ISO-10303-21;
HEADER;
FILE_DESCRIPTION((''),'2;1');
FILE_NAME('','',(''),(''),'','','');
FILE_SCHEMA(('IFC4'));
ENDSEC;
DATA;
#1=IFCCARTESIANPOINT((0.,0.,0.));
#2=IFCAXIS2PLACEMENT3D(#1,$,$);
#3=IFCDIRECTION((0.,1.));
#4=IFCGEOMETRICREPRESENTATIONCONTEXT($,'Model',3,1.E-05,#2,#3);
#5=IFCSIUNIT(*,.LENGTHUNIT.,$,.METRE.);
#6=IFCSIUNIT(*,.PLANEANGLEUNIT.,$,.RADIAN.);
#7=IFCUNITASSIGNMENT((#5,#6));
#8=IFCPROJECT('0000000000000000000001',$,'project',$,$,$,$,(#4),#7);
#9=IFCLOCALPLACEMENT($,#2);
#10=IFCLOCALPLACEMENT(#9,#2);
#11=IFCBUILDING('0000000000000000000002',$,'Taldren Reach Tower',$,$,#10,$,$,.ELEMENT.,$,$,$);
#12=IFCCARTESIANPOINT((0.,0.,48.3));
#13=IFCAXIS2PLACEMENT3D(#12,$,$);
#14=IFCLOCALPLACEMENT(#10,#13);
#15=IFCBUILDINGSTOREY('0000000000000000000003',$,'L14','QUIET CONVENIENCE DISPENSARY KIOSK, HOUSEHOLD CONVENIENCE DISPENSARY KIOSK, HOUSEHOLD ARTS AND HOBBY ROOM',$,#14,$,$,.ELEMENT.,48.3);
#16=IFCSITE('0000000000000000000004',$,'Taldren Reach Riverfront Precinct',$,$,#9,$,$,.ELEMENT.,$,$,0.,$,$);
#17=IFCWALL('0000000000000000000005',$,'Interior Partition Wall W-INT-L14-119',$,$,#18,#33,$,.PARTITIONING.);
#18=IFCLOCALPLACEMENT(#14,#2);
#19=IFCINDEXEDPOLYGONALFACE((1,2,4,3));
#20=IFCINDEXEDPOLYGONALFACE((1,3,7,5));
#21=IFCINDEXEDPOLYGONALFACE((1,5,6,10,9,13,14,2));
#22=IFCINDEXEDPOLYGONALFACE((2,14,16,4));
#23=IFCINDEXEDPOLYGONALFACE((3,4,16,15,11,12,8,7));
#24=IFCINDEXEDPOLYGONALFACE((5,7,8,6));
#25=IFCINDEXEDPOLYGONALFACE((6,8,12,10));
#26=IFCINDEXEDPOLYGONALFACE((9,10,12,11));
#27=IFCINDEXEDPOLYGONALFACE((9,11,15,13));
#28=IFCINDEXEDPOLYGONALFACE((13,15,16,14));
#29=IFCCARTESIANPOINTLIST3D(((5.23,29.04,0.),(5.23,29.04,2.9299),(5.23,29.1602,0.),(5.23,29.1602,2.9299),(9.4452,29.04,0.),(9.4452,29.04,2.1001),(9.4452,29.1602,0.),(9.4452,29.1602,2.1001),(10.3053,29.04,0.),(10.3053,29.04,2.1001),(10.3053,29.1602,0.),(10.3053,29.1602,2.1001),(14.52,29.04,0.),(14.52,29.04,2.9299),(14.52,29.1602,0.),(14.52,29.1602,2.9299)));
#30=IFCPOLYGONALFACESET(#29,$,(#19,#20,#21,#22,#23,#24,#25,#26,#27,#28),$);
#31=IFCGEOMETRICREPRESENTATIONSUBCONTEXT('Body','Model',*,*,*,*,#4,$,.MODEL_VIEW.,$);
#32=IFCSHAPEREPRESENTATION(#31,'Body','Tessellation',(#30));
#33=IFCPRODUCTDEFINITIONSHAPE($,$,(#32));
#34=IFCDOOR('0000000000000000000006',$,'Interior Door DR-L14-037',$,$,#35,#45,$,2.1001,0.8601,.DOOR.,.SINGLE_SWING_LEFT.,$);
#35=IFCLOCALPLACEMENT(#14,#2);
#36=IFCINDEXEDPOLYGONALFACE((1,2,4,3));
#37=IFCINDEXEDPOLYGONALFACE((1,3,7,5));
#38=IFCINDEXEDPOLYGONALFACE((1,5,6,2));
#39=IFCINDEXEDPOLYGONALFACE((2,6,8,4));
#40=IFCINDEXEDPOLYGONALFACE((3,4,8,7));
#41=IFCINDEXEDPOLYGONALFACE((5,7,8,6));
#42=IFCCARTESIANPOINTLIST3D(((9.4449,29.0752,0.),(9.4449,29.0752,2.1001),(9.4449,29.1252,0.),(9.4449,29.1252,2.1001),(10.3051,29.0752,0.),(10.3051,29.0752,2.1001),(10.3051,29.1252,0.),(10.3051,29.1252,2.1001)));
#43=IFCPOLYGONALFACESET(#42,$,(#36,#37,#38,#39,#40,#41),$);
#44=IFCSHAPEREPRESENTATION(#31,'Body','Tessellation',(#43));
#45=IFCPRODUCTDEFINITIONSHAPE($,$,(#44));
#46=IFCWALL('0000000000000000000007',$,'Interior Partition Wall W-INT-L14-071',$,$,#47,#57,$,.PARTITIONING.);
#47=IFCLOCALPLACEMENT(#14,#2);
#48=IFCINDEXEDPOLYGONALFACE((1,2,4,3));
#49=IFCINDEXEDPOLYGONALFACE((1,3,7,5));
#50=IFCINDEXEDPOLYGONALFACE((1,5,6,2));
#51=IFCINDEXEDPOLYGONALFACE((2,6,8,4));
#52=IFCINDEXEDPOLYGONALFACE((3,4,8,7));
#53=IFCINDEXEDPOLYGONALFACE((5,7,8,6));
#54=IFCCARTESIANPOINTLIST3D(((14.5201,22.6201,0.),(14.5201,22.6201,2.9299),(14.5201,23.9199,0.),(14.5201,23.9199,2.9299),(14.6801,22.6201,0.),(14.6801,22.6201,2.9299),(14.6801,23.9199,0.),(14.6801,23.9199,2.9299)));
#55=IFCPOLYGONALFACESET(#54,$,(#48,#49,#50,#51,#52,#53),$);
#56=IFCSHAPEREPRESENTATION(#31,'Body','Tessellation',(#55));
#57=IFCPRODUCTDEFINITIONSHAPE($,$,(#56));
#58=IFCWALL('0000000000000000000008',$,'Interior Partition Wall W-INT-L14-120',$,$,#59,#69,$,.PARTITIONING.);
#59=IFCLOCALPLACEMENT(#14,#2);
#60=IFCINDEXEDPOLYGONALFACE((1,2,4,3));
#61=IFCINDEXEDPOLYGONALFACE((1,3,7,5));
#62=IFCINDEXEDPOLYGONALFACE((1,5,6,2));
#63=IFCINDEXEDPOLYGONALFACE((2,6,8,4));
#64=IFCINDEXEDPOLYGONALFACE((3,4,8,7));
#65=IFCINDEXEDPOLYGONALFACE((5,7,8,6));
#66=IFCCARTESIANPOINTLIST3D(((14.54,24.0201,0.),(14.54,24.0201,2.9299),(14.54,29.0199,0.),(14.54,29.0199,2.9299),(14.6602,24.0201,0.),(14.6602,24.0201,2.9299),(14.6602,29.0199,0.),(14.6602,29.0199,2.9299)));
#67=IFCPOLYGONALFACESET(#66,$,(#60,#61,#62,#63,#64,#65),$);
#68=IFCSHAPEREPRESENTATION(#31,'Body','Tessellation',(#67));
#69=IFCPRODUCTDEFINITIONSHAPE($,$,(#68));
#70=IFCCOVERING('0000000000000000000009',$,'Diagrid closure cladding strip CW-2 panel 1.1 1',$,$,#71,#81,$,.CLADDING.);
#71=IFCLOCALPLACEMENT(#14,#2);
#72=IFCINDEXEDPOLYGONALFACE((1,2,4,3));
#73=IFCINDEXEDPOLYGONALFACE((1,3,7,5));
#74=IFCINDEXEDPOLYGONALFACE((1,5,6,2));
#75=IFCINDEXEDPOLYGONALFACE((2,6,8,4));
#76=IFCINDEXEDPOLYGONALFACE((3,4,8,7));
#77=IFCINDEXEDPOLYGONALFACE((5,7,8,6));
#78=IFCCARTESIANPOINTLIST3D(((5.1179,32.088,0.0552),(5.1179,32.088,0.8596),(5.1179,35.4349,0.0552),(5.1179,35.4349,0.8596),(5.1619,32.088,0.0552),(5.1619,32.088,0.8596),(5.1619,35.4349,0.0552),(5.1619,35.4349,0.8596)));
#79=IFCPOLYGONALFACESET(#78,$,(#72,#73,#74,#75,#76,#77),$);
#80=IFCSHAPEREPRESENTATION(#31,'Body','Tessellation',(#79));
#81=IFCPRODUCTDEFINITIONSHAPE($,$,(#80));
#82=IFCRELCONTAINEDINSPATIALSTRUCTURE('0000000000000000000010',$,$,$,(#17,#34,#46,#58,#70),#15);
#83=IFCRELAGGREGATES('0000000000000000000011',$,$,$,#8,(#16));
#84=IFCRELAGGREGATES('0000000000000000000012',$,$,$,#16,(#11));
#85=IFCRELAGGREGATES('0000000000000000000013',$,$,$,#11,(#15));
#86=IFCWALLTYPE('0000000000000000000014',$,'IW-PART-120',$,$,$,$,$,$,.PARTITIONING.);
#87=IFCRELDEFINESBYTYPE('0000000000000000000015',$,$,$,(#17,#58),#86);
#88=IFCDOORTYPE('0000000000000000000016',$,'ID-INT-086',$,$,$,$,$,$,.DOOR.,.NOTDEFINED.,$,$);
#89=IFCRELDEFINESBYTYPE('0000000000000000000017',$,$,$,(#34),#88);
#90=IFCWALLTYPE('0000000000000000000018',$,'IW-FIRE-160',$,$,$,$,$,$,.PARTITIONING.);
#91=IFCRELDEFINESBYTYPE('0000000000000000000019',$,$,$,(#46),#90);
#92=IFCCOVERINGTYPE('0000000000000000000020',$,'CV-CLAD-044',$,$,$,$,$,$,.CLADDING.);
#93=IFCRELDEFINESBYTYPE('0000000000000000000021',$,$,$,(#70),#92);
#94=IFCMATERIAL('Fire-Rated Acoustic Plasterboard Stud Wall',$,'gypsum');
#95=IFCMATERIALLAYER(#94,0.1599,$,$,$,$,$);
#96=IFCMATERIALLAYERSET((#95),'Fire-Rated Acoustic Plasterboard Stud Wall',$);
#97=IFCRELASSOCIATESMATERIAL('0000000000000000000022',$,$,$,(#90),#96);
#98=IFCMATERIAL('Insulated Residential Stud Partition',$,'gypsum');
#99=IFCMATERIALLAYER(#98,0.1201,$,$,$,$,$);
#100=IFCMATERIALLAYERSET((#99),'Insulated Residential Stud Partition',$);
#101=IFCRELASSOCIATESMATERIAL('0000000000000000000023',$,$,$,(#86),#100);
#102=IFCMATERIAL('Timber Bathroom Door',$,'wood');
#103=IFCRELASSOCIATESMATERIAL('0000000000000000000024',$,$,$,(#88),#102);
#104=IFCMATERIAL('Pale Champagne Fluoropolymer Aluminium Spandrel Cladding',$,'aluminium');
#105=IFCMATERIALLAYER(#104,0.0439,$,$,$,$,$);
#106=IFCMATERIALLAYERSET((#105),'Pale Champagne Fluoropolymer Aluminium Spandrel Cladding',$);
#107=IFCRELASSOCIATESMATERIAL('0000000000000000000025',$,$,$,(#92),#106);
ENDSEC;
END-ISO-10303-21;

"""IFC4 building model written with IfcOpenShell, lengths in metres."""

from ifc_helpers import new_model, si_unit, direction, frame, frame_2d, origin, origin_2d, place, context, subcontext, project, spatial, rectangle, extrude, source, transform, mapped, material, layer, layer_set, type_object, element, fill, save


model = new_model("IFC4")

# Units and contexts
model_context = context("Model", 3, precision=1e-05, world=origin(), true_north=direction((0.0, 1.0)))
body_context = subcontext(model_context, "Body", "Model", "MODEL_VIEW")
ifc_project = project(units=[si_unit("LENGTHUNIT", "METRE"), si_unit("PLANEANGLEUNIT", "RADIAN")], contexts=[model_context])

# Site, building, storey
site_placement = place(None, origin())
site = spatial("IfcSite", under=ifc_project, at=site_placement, Name="Taldren Reach Riverfront Precinct", CompositionType="ELEMENT", RefElevation=0.0)
building_placement = place(site_placement, origin())
building = spatial("IfcBuilding", under=site, at=building_placement, Name="Taldren Reach Tower", CompositionType="ELEMENT")
storey_placement = place(building_placement, frame((0.0, 0.0, 48.3)))
storey = spatial("IfcBuildingStorey", under=building, at=storey_placement, Name="L14", Description="QUIET CONVENIENCE DISPENSARY KIOSK, HOUSEHOLD CONVENIENCE DISPENSARY KIOSK, HOUSEHOLD ARTS AND HOBBY ROOM", CompositionType="ELEMENT", Elevation=48.3)

# Wall, opening, door
ifc_material_1 = material(Name="Fire-Rated Acoustic Plasterboard Stud Wall", Category="gypsum")
ifc_layer_1 = layer(ifc_material_1, 0.1599)
ifc_layer_set_1 = layer_set([ifc_layer_1], Name="Fire-Rated Acoustic Plasterboard Stud Wall")
wall_type_1 = type_object("IfcWallType", Name="IW-FIRE-160", PredefinedType="PARTITIONING", material=ifc_layer_set_1)
ifc_material_2 = material(Name="Insulated Residential Stud Partition", Category="gypsum")
ifc_layer_2 = layer(ifc_material_2, 0.1201)
ifc_layer_set_2 = layer_set([ifc_layer_2], Name="Insulated Residential Stud Partition")
wall_type_2 = type_object("IfcWallType", Name="IW-PART-120", PredefinedType="PARTITIONING", material=ifc_layer_set_2)
shared_shape_1 = source(origin(), body_context, "Body", "SweptSolid", [
    extrude(rectangle(XDim=9.29, YDim=0.1201, at=frame_2d((4.645, 0.0))), origin(), (0.0, 0.0, 1.0), 2.9299),
])
shared_shape_2 = source(origin(), body_context, "Body", "SweptSolid", [
    extrude(rectangle(XDim=0.8601, YDim=2.1001, at=frame_2d((0.4302, 1.05))), frame((0.0, 0.0701, 0.0), z_axis=(0.0, -1.0, 0.0), x_axis=(1.0, 0.0, 0.0)), (0.0, 0.0, 1.0), 0.1401),
])
ifc_material_3 = material(Name="Timber Bathroom Door", Category="wood")
door_type_1 = type_object("IfcDoorType", Name="ID-INT-086", OperationType="NOTDEFINED", PredefinedType="DOOR", material=ifc_material_3)
shared_shape_3 = source(origin(), body_context, "Body", "SweptSolid", [
    extrude(rectangle(XDim=0.8601, YDim=2.1001, at=frame_2d((0.4302, 1.05))), frame((0.0, 0.0249, 0.0), z_axis=(0.0, -1.0, 0.0), x_axis=(1.0, 0.0, 0.0)), (0.0, 0.0, 1.0), 0.05),
])
wall_1_placement = place(storey_placement, frame((5.23, 29.1001, 0.0), z_axis=(0.0, 0.0, 1.0), x_axis=(1.0, 0.0, 0.0)))
wall_1 = element("IfcWall", 1, at=wall_1_placement, inside=storey, type_object=wall_type_2, Name="Interior Partition Wall W-INT-L14-119", PredefinedType="PARTITIONING", context=body_context, shape_type="MappedRepresentation", body=[
    mapped(shared_shape_1, transform((0.0, 0.0, 0.0), scale=1.0)),
])
opening_1_placement = place(wall_1_placement, frame((4.2151, 0.0, 0.0)))
opening_1 = element("IfcOpeningElement", 2, at=opening_1_placement, cuts=wall_1, PredefinedType="OPENING", context=body_context, shape_type="MappedRepresentation", body=[
    mapped(shared_shape_2, transform((0.0, 0.0, 0.0), scale=1.0)),
])
door_1_placement = place(opening_1_placement, frame((0.8601, 0.0, 0.0), z_axis=(0.0, 0.0, 1.0), x_axis=(-1.0, 0.0, 0.0)))
door_1 = element("IfcDoor", 3, at=door_1_placement, inside=storey, type_object=door_type_1, Name="Interior Door DR-L14-037", OperationType="SINGLE_SWING_LEFT", OverallHeight=2.1001, OverallWidth=0.8601, PredefinedType="DOOR", context=body_context, shape_type="MappedRepresentation", body=[
    mapped(shared_shape_3, transform((0.0, 0.0, 0.0), scale=1.0)),
])
fill(opening_1, door_1)

# Walls
shared_shape_4 = source(origin(), body_context, "Body", "SweptSolid", [
    extrude(rectangle(XDim=1.2998, YDim=0.1599, at=frame_2d((0.6499, 0.0))), origin(), (0.0, 0.0, 1.0), 2.9299),
])
wall_2_placement = place(storey_placement, frame((14.6001, 22.6201, 0.0), z_axis=(0.0, 0.0, 1.0), x_axis=(0.0, 1.0, 0.0)))
element("IfcWall", 4, at=wall_2_placement, inside=storey, type_object=wall_type_1, Name="Interior Partition Wall W-INT-L14-071", PredefinedType="PARTITIONING", context=body_context, shape_type="MappedRepresentation", body=[
    mapped(shared_shape_4, transform((0.0, 0.0, 0.0), scale=1.0)),
])
shared_shape_5 = source(origin(), body_context, "Body", "SweptSolid", [
    extrude(rectangle(XDim=4.9998, YDim=0.1201, at=frame_2d((2.5, 0.0))), origin(), (0.0, 0.0, 1.0), 2.9299),
])
wall_3_placement = place(storey_placement, frame((14.6001, 29.02, 0.0), z_axis=(0.0, 0.0, 1.0), x_axis=(0.0, -1.0, 0.0)))
element("IfcWall", 5, at=wall_3_placement, inside=storey, type_object=wall_type_2, Name="Interior Partition Wall W-INT-L14-120", PredefinedType="PARTITIONING", context=body_context, shape_type="MappedRepresentation", body=[
    mapped(shared_shape_5, transform((0.0, 0.0, 0.0), scale=1.0)),
])

# Covering
ifc_material_4 = material(Name="Pale Champagne Fluoropolymer Aluminium Spandrel Cladding", Category="aluminium")
ifc_layer_3 = layer(ifc_material_4, 0.0439)
ifc_layer_set_3 = layer_set([ifc_layer_3], Name="Pale Champagne Fluoropolymer Aluminium Spandrel Cladding")
covering_type = type_object("IfcCoveringType", Name="CV-CLAD-044", PredefinedType="CLADDING", material=ifc_layer_set_3)
shared_shape_6 = source(origin(), body_context, "Body", "SweptSolid", [
    extrude(rectangle(XDim=3.3469, YDim=0.0439, at=origin_2d()), origin(), (0.0, 0.0, 1.0), 0.8044),
])
covering_placement = place(storey_placement, frame((5.1399, 33.7615, 0.0552), z_axis=(0.0, 0.0, 1.0), x_axis=(0.0, -1.0, 0.0)))
element("IfcCovering", 6, at=covering_placement, inside=storey, type_object=covering_type, Name="Diagrid closure cladding strip CW-2 panel 1.1 1", PredefinedType="CLADDING", context=body_context, shape_type="MappedRepresentation", body=[
    mapped(shared_shape_6, transform((0.0, 0.0, 0.0), scale=1.0)),
])

save(model, "model.ifc")
